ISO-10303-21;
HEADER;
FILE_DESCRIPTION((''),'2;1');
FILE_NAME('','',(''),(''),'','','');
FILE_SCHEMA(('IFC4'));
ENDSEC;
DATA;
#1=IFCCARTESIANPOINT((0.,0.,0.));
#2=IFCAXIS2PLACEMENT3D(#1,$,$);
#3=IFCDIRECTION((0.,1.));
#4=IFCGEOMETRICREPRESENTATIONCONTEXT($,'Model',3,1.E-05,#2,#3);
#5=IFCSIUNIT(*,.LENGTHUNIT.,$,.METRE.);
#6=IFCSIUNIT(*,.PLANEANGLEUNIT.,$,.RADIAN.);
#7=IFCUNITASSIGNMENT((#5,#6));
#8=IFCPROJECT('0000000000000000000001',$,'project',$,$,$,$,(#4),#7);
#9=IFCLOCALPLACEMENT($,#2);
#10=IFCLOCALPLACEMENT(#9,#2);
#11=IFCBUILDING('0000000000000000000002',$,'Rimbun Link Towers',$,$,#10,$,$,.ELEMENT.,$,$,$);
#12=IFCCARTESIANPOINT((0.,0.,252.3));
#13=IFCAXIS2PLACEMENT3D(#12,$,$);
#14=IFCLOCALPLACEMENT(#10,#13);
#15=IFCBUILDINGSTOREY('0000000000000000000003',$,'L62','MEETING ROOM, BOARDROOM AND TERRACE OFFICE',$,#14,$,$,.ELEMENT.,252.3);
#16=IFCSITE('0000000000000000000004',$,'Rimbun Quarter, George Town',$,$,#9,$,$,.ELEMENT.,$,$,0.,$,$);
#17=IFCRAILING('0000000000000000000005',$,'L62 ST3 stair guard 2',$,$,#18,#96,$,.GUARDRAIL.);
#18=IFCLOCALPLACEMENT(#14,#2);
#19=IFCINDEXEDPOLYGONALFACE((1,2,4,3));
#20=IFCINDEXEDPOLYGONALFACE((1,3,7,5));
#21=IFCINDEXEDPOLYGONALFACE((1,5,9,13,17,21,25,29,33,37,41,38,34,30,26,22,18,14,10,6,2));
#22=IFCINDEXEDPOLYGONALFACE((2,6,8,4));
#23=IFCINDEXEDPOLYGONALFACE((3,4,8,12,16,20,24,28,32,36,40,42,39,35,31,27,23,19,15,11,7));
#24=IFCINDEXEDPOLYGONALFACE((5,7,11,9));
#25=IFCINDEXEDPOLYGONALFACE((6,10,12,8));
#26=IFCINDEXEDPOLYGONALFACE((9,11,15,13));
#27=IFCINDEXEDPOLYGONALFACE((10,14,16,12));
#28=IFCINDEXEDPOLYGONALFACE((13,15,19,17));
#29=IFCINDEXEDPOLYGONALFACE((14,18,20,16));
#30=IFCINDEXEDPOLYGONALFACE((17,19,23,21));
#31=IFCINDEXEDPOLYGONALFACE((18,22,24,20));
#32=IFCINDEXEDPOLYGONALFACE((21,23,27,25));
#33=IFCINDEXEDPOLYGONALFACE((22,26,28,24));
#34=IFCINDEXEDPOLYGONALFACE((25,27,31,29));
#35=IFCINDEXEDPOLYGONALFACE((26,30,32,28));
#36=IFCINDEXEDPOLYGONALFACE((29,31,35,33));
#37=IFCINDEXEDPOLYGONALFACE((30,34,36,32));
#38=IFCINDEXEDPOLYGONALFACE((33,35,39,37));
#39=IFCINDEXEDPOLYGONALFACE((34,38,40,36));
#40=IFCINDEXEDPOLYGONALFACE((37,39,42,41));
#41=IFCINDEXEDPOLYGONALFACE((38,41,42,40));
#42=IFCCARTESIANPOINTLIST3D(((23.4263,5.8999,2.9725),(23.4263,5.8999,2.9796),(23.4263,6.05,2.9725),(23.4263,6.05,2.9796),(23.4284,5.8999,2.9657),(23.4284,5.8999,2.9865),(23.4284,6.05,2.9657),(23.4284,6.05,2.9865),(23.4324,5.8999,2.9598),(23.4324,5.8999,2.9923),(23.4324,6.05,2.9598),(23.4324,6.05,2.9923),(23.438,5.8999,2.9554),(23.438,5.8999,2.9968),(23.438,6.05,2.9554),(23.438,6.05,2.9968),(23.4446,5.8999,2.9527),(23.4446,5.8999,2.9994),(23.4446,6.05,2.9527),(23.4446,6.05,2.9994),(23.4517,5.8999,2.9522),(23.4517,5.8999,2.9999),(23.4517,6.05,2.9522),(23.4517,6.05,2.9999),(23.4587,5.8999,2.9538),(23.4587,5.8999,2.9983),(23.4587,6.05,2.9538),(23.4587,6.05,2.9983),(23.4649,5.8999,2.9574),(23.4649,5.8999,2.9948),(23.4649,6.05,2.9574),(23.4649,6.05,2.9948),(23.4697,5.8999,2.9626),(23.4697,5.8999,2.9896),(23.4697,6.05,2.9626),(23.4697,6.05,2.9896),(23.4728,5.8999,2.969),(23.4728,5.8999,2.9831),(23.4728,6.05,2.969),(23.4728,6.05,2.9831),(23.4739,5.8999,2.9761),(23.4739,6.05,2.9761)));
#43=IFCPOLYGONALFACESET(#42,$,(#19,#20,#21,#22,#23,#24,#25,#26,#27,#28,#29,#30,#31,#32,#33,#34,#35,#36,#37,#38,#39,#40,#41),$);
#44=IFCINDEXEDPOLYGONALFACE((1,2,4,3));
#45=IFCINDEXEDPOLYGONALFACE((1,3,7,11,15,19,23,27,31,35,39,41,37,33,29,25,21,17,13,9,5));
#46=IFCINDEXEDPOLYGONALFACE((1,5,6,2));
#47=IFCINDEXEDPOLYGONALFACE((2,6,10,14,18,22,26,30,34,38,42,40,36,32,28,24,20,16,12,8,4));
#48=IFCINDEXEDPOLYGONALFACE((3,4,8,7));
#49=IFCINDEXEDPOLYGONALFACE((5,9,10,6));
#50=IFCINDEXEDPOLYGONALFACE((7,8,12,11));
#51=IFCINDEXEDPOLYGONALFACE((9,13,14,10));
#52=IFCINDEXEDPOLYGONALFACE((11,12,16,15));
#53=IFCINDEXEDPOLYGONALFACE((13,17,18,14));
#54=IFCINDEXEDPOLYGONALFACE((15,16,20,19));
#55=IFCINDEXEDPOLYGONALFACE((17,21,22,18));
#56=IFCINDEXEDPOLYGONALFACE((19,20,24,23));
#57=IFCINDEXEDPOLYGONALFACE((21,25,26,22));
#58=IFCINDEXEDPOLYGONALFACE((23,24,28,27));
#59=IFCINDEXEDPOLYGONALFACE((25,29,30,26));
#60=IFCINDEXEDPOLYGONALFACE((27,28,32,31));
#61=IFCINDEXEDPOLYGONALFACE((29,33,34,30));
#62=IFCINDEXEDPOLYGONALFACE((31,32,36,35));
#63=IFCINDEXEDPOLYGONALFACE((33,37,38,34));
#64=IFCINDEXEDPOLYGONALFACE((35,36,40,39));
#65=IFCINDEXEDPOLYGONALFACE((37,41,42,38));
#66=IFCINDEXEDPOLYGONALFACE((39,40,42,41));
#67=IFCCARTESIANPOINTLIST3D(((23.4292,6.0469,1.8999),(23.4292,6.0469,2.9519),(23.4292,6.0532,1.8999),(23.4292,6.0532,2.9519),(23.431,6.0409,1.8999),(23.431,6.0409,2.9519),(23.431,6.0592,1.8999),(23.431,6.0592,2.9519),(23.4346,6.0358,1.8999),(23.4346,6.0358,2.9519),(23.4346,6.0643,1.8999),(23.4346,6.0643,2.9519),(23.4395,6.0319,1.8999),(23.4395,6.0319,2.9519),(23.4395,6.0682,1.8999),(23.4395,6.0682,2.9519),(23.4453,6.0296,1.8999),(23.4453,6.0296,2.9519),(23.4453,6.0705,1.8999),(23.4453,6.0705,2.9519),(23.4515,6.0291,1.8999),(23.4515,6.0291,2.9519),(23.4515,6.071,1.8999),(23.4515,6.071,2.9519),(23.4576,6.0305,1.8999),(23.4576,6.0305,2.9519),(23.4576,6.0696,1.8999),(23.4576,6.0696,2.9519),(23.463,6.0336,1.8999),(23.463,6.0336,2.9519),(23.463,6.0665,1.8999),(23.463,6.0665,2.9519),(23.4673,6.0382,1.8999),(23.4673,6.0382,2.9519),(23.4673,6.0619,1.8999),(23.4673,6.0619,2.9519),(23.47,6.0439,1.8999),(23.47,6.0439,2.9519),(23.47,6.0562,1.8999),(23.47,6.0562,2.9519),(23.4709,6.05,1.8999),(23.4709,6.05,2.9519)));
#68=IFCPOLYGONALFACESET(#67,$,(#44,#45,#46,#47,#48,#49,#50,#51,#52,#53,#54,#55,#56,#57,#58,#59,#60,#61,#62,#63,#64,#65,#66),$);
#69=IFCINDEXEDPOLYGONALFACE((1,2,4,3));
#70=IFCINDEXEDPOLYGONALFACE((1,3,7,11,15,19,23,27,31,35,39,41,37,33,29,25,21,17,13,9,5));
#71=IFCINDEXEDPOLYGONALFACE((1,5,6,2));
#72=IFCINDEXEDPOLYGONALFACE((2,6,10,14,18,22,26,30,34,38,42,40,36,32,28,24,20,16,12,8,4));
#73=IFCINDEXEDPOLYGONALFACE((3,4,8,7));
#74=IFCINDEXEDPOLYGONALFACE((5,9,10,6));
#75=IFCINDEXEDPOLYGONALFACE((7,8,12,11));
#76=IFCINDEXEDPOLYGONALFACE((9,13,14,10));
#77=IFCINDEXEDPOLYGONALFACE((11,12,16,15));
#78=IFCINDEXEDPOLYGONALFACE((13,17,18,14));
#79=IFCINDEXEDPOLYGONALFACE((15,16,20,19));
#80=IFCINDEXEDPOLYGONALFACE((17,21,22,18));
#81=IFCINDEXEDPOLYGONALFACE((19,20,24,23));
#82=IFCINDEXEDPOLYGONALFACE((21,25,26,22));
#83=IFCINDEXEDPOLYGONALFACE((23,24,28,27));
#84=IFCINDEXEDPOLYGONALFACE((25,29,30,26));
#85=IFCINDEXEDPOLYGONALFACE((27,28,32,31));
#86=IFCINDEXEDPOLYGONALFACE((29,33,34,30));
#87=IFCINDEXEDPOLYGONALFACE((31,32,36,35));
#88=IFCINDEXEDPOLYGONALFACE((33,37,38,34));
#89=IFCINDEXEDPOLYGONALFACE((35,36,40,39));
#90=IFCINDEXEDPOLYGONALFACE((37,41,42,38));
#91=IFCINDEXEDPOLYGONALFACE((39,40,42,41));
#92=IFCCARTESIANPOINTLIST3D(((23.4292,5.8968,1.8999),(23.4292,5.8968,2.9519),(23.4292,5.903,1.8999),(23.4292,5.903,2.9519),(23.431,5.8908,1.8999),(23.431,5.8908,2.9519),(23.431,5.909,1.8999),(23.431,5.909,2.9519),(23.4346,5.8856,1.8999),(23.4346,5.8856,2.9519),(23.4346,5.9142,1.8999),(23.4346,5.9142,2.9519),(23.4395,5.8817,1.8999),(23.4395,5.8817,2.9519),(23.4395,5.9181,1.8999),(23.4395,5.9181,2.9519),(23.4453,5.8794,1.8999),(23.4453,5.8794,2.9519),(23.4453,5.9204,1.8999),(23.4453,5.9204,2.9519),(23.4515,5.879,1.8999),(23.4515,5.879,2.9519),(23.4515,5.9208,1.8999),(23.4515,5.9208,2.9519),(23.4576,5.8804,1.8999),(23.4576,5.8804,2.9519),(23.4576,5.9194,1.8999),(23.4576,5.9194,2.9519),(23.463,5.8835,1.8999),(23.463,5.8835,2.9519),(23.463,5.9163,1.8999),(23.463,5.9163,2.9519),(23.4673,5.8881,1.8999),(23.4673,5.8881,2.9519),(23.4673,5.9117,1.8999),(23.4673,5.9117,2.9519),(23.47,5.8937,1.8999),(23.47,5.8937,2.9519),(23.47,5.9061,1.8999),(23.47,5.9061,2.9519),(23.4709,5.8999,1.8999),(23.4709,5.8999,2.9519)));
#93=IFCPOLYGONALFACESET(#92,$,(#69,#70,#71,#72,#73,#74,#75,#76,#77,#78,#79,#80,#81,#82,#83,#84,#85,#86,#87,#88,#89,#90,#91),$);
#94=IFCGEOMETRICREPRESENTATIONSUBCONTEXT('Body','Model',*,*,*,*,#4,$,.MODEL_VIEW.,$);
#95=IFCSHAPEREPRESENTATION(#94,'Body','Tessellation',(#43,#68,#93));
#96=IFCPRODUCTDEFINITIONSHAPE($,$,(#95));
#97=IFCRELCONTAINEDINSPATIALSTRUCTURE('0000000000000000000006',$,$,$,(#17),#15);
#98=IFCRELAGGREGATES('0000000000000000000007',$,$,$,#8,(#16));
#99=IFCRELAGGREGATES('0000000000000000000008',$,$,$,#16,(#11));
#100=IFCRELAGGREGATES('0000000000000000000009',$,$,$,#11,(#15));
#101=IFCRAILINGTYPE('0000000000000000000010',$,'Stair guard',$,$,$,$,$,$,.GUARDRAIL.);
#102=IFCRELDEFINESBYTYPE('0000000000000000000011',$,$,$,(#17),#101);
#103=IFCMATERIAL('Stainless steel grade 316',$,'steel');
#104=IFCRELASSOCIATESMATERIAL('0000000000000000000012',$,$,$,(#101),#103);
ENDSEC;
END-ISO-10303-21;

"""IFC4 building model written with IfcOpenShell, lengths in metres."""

from ifc_helpers import new_model, si_unit, direction, frame, origin, origin_2d, place, context, subcontext, project, spatial, circle, extrude, material, type_object, element, save


model = new_model("IFC4")

# Units and contexts
model_context = context("Model", 3, precision=1e-05, world=origin(), true_north=direction((0.0, 1.0)))
body_context = subcontext(model_context, "Body", "Model", "MODEL_VIEW")
ifc_project = project(units=[si_unit("LENGTHUNIT", "METRE"), si_unit("PLANEANGLEUNIT", "RADIAN")], contexts=[model_context])

# Site, building, storey
site_placement = place(None, origin())
site = spatial("IfcSite", under=ifc_project, at=site_placement, Name="Rimbun Quarter, George Town", CompositionType="ELEMENT", RefElevation=0.0)
building_placement = place(site_placement, origin())
building = spatial("IfcBuilding", under=site, at=building_placement, Name="Rimbun Link Towers", CompositionType="ELEMENT")
storey_placement = place(building_placement, frame((0.0, 0.0, 252.3)))
storey = spatial("IfcBuildingStorey", under=building, at=storey_placement, Name="L62", Description="MEETING ROOM, BOARDROOM AND TERRACE OFFICE", CompositionType="ELEMENT", Elevation=252.3)

# Railing
ifc_material_1 = material(Name="Stainless steel grade 316", Category="steel")
railing_type_1 = type_object("IfcRailingType", Name="Stair guard", PredefinedType="GUARDRAIL", material=ifc_material_1)
railing_1_placement = place(storey_placement, frame((23.45, 6.05, 1.8999)))
element("IfcRailing", 1, at=railing_1_placement, inside=storey, type_object=railing_type_1, Name="L62 ST3 stair guard 2", PredefinedType="GUARDRAIL", context=body_context, shape_type="SweptSolid", body=[
    extrude(circle(Radius=0.0239, at=origin_2d()), frame((0.0, 0.0, 1.0762), z_axis=(0.0, -1.0, 0.0), x_axis=(1.0, 0.0, 0.0)), (0.0, 0.0, 1.0), 0.1501),
    extrude(circle(Radius=0.021, at=origin_2d()), origin(), (0.0, 0.0, 1.0), 1.052),
    extrude(circle(Radius=0.021, at=origin_2d()), frame((0.0, -0.1501, 0.0)), (0.0, 0.0, 1.0), 1.052),
])

save(model, "model.ifc")
